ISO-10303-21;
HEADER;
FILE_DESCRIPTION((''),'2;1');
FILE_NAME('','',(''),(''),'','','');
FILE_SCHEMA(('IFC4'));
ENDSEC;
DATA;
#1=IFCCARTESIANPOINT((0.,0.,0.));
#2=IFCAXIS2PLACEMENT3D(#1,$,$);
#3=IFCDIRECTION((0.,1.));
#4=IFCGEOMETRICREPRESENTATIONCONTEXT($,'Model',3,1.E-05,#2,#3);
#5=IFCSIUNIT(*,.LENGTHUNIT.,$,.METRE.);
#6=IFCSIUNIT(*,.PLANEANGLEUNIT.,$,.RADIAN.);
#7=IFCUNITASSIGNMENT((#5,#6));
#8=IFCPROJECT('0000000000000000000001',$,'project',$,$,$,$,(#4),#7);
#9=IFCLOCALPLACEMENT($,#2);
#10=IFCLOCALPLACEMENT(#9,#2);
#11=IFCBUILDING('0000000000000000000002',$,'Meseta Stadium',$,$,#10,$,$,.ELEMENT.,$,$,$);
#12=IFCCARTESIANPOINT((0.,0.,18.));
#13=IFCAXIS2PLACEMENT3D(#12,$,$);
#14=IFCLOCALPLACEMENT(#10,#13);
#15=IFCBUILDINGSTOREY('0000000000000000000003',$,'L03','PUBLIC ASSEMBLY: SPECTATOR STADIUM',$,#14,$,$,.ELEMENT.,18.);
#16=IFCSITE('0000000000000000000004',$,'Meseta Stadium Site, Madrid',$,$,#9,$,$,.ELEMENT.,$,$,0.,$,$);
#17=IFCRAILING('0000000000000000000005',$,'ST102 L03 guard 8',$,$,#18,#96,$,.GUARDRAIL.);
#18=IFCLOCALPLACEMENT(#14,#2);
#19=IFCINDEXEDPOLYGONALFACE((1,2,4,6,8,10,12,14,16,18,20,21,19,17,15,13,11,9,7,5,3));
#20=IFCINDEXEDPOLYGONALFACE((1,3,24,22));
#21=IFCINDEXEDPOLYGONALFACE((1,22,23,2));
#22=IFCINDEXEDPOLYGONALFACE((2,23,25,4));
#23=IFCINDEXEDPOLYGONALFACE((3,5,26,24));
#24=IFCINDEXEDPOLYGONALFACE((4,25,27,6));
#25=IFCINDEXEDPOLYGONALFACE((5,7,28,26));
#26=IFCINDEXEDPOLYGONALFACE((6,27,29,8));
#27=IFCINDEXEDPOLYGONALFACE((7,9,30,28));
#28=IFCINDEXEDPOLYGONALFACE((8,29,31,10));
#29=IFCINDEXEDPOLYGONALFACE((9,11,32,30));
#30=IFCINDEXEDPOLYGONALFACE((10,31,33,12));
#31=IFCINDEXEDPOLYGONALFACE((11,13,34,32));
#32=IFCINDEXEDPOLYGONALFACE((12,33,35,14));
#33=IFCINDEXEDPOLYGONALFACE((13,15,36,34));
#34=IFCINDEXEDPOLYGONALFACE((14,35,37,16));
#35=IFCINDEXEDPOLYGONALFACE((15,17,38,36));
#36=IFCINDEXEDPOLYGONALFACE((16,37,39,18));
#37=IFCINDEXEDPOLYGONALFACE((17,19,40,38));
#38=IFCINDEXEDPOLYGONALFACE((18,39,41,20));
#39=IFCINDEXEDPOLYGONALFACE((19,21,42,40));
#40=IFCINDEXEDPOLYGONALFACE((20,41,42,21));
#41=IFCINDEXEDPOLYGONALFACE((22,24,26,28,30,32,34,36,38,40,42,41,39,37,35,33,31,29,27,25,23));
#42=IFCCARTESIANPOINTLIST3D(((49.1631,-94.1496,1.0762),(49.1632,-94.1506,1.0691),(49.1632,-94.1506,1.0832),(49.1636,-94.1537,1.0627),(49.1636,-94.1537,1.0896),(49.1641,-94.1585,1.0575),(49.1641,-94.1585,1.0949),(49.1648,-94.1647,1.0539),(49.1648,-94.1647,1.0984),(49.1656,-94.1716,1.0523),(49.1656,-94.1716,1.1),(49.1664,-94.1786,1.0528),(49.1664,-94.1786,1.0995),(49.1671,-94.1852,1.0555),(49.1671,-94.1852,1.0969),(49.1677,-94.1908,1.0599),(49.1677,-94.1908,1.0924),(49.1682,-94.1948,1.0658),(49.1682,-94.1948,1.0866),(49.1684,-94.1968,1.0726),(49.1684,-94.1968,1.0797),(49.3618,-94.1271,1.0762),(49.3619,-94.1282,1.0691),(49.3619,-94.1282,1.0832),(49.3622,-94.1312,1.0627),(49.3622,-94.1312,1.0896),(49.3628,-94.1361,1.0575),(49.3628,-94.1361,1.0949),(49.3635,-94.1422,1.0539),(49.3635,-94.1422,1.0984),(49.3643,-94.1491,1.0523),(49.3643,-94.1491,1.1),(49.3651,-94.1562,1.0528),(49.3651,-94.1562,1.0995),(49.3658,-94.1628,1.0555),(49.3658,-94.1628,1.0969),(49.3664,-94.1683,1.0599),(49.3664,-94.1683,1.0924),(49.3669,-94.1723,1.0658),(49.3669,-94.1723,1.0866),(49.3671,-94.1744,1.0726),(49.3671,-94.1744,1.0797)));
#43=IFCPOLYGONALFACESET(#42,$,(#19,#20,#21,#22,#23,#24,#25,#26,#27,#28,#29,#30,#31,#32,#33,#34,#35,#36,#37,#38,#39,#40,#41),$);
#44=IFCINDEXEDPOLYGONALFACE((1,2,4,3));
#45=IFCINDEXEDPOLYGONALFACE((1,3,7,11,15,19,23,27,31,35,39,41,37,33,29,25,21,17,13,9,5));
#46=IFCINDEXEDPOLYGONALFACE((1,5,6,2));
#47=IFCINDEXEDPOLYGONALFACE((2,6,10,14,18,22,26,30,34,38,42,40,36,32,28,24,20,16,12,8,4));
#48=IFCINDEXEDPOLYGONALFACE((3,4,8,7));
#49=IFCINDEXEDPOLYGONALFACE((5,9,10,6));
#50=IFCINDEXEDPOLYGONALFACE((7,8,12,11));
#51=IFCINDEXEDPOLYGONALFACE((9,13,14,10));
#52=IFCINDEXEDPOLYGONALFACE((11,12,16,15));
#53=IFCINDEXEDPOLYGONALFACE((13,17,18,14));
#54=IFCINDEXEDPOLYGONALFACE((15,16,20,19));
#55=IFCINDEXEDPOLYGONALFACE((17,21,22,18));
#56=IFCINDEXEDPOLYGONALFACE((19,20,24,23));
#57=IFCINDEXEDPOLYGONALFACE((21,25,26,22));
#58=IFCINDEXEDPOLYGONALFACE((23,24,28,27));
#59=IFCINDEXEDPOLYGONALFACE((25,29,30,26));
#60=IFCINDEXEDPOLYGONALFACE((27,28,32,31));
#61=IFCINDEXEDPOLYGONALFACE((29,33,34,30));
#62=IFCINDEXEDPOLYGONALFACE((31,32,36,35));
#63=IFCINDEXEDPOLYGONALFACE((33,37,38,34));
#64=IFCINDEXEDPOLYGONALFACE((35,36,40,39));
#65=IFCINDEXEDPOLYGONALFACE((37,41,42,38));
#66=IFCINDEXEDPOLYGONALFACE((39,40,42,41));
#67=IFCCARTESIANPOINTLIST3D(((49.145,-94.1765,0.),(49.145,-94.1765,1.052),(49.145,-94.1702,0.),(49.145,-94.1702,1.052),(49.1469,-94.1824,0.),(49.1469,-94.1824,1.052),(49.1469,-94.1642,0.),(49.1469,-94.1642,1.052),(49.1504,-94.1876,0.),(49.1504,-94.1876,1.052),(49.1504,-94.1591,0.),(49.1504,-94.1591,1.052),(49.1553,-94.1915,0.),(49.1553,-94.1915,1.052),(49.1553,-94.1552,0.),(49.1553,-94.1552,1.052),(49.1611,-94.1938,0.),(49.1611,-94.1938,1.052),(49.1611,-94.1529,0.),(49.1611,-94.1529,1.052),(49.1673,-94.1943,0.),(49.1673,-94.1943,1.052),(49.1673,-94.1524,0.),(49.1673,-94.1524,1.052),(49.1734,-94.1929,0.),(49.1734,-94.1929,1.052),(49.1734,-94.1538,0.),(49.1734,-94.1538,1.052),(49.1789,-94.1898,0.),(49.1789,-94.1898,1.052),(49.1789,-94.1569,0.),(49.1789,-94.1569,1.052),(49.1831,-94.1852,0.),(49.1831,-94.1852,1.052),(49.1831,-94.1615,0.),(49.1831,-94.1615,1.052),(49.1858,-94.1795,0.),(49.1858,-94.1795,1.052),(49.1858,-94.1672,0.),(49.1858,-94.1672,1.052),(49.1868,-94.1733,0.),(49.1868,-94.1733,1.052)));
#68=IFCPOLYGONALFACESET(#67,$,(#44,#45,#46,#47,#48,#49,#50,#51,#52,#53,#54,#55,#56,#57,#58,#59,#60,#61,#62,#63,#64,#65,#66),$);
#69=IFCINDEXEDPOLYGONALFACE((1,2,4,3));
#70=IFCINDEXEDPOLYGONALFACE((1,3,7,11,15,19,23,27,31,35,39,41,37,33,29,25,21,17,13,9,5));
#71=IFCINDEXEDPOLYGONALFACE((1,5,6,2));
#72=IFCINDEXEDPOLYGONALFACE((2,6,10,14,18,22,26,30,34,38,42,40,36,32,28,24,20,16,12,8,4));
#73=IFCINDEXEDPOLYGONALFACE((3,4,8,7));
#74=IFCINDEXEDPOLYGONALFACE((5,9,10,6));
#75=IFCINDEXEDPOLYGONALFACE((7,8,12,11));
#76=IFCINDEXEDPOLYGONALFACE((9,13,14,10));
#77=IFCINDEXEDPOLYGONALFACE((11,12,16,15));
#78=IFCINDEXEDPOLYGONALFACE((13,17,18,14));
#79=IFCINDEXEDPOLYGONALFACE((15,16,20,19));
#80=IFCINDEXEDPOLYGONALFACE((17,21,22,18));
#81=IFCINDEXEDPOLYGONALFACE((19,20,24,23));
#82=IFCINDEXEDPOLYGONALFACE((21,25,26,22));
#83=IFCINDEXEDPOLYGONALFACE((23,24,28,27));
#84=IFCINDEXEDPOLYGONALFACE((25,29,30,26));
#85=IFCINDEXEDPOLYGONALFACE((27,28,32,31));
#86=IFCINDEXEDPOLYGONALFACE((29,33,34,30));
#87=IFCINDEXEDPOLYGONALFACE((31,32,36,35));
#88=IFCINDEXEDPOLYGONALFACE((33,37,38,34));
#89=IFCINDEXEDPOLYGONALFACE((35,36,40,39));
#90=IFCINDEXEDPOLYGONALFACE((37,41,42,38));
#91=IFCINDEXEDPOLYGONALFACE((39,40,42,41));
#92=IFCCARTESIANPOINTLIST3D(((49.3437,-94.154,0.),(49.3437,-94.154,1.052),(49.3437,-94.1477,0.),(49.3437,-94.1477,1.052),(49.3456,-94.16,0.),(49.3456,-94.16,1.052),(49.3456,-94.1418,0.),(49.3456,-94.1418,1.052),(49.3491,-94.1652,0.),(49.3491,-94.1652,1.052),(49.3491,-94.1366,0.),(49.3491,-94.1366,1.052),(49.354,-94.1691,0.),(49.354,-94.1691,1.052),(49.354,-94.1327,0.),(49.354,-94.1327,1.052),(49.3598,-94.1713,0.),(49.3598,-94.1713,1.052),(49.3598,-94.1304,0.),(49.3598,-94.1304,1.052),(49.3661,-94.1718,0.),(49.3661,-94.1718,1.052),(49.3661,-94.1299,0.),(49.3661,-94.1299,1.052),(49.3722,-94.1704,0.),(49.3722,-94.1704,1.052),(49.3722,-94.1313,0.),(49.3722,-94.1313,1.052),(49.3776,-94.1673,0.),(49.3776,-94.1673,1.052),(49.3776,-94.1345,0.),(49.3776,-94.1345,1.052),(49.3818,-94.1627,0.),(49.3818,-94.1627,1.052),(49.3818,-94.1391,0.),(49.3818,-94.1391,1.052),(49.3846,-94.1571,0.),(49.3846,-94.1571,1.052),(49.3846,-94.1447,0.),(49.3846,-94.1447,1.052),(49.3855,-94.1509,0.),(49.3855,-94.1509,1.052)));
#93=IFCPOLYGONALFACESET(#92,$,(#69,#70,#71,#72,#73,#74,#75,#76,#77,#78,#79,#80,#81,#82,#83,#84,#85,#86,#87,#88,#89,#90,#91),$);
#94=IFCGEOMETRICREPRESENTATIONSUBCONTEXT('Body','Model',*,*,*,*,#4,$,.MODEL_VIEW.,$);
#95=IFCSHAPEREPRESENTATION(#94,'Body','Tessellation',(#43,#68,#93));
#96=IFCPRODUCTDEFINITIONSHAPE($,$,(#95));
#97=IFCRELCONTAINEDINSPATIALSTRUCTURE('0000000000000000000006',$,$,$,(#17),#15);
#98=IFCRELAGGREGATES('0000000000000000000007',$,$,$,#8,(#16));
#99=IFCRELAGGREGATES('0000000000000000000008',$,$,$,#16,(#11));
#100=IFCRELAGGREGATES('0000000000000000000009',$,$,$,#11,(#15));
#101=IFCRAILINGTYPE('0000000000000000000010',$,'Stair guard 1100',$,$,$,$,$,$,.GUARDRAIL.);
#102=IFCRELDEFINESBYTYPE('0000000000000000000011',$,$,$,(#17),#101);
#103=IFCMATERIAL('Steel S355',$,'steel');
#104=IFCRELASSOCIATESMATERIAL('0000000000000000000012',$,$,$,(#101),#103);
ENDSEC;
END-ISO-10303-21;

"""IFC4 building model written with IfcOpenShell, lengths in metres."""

from ifc_helpers import new_model, si_unit, direction, frame, origin, origin_2d, place, context, subcontext, project, spatial, circle, extrude, material, type_object, element, save


model = new_model("IFC4")

# Units and contexts
model_context = context("Model", 3, precision=1e-05, world=origin(), true_north=direction((0.0, 1.0)))
body_context = subcontext(model_context, "Body", "Model", "MODEL_VIEW")
ifc_project = project(units=[si_unit("LENGTHUNIT", "METRE"), si_unit("PLANEANGLEUNIT", "RADIAN")], contexts=[model_context])

# Site, building, storey
site_placement = place(None, origin())
site = spatial("IfcSite", under=ifc_project, at=site_placement, Name="Meseta Stadium Site, Madrid", CompositionType="ELEMENT", RefElevation=0.0)
building_placement = place(site_placement, origin())
building = spatial("IfcBuilding", under=site, at=building_placement, Name="Meseta Stadium", CompositionType="ELEMENT")
storey_placement = place(building_placement, frame((0.0, 0.0, 18.0)))
storey = spatial("IfcBuildingStorey", under=building, at=storey_placement, Name="L03", Description="PUBLIC ASSEMBLY: SPECTATOR STADIUM", CompositionType="ELEMENT", Elevation=18.0)

# Railing
ifc_material_1 = material(Name="Steel S355", Category="steel")
railing_type = type_object("IfcRailingType", Name="Stair guard 1100", PredefinedType="GUARDRAIL", material=ifc_material_1)
railing_1_placement = place(storey_placement, frame((49.1658, -94.1733, 0.0)))
element("IfcRailing", 1, at=railing_1_placement, inside=storey, type_object=railing_type, Name="ST102 L03 guard 8", PredefinedType="GUARDRAIL", context=body_context, shape_type="SweptSolid", body=[
    extrude(circle(Radius=0.0239, at=origin_2d()), frame((0.0, 0.0, 1.0762), z_axis=(0.993674, 0.112307, 0.0), x_axis=(-0.112307, 0.993674, 0.0)), (0.0, 0.0, 1.0), 0.2),
    extrude(circle(Radius=0.021, at=origin_2d()), origin(), (0.0, 0.0, 1.0), 1.052),
    extrude(circle(Radius=0.021, at=origin_2d()), frame((0.1987, 0.0225, 0.0)), (0.0, 0.0, 1.0), 1.052),
])

save(model, "model.ifc")
